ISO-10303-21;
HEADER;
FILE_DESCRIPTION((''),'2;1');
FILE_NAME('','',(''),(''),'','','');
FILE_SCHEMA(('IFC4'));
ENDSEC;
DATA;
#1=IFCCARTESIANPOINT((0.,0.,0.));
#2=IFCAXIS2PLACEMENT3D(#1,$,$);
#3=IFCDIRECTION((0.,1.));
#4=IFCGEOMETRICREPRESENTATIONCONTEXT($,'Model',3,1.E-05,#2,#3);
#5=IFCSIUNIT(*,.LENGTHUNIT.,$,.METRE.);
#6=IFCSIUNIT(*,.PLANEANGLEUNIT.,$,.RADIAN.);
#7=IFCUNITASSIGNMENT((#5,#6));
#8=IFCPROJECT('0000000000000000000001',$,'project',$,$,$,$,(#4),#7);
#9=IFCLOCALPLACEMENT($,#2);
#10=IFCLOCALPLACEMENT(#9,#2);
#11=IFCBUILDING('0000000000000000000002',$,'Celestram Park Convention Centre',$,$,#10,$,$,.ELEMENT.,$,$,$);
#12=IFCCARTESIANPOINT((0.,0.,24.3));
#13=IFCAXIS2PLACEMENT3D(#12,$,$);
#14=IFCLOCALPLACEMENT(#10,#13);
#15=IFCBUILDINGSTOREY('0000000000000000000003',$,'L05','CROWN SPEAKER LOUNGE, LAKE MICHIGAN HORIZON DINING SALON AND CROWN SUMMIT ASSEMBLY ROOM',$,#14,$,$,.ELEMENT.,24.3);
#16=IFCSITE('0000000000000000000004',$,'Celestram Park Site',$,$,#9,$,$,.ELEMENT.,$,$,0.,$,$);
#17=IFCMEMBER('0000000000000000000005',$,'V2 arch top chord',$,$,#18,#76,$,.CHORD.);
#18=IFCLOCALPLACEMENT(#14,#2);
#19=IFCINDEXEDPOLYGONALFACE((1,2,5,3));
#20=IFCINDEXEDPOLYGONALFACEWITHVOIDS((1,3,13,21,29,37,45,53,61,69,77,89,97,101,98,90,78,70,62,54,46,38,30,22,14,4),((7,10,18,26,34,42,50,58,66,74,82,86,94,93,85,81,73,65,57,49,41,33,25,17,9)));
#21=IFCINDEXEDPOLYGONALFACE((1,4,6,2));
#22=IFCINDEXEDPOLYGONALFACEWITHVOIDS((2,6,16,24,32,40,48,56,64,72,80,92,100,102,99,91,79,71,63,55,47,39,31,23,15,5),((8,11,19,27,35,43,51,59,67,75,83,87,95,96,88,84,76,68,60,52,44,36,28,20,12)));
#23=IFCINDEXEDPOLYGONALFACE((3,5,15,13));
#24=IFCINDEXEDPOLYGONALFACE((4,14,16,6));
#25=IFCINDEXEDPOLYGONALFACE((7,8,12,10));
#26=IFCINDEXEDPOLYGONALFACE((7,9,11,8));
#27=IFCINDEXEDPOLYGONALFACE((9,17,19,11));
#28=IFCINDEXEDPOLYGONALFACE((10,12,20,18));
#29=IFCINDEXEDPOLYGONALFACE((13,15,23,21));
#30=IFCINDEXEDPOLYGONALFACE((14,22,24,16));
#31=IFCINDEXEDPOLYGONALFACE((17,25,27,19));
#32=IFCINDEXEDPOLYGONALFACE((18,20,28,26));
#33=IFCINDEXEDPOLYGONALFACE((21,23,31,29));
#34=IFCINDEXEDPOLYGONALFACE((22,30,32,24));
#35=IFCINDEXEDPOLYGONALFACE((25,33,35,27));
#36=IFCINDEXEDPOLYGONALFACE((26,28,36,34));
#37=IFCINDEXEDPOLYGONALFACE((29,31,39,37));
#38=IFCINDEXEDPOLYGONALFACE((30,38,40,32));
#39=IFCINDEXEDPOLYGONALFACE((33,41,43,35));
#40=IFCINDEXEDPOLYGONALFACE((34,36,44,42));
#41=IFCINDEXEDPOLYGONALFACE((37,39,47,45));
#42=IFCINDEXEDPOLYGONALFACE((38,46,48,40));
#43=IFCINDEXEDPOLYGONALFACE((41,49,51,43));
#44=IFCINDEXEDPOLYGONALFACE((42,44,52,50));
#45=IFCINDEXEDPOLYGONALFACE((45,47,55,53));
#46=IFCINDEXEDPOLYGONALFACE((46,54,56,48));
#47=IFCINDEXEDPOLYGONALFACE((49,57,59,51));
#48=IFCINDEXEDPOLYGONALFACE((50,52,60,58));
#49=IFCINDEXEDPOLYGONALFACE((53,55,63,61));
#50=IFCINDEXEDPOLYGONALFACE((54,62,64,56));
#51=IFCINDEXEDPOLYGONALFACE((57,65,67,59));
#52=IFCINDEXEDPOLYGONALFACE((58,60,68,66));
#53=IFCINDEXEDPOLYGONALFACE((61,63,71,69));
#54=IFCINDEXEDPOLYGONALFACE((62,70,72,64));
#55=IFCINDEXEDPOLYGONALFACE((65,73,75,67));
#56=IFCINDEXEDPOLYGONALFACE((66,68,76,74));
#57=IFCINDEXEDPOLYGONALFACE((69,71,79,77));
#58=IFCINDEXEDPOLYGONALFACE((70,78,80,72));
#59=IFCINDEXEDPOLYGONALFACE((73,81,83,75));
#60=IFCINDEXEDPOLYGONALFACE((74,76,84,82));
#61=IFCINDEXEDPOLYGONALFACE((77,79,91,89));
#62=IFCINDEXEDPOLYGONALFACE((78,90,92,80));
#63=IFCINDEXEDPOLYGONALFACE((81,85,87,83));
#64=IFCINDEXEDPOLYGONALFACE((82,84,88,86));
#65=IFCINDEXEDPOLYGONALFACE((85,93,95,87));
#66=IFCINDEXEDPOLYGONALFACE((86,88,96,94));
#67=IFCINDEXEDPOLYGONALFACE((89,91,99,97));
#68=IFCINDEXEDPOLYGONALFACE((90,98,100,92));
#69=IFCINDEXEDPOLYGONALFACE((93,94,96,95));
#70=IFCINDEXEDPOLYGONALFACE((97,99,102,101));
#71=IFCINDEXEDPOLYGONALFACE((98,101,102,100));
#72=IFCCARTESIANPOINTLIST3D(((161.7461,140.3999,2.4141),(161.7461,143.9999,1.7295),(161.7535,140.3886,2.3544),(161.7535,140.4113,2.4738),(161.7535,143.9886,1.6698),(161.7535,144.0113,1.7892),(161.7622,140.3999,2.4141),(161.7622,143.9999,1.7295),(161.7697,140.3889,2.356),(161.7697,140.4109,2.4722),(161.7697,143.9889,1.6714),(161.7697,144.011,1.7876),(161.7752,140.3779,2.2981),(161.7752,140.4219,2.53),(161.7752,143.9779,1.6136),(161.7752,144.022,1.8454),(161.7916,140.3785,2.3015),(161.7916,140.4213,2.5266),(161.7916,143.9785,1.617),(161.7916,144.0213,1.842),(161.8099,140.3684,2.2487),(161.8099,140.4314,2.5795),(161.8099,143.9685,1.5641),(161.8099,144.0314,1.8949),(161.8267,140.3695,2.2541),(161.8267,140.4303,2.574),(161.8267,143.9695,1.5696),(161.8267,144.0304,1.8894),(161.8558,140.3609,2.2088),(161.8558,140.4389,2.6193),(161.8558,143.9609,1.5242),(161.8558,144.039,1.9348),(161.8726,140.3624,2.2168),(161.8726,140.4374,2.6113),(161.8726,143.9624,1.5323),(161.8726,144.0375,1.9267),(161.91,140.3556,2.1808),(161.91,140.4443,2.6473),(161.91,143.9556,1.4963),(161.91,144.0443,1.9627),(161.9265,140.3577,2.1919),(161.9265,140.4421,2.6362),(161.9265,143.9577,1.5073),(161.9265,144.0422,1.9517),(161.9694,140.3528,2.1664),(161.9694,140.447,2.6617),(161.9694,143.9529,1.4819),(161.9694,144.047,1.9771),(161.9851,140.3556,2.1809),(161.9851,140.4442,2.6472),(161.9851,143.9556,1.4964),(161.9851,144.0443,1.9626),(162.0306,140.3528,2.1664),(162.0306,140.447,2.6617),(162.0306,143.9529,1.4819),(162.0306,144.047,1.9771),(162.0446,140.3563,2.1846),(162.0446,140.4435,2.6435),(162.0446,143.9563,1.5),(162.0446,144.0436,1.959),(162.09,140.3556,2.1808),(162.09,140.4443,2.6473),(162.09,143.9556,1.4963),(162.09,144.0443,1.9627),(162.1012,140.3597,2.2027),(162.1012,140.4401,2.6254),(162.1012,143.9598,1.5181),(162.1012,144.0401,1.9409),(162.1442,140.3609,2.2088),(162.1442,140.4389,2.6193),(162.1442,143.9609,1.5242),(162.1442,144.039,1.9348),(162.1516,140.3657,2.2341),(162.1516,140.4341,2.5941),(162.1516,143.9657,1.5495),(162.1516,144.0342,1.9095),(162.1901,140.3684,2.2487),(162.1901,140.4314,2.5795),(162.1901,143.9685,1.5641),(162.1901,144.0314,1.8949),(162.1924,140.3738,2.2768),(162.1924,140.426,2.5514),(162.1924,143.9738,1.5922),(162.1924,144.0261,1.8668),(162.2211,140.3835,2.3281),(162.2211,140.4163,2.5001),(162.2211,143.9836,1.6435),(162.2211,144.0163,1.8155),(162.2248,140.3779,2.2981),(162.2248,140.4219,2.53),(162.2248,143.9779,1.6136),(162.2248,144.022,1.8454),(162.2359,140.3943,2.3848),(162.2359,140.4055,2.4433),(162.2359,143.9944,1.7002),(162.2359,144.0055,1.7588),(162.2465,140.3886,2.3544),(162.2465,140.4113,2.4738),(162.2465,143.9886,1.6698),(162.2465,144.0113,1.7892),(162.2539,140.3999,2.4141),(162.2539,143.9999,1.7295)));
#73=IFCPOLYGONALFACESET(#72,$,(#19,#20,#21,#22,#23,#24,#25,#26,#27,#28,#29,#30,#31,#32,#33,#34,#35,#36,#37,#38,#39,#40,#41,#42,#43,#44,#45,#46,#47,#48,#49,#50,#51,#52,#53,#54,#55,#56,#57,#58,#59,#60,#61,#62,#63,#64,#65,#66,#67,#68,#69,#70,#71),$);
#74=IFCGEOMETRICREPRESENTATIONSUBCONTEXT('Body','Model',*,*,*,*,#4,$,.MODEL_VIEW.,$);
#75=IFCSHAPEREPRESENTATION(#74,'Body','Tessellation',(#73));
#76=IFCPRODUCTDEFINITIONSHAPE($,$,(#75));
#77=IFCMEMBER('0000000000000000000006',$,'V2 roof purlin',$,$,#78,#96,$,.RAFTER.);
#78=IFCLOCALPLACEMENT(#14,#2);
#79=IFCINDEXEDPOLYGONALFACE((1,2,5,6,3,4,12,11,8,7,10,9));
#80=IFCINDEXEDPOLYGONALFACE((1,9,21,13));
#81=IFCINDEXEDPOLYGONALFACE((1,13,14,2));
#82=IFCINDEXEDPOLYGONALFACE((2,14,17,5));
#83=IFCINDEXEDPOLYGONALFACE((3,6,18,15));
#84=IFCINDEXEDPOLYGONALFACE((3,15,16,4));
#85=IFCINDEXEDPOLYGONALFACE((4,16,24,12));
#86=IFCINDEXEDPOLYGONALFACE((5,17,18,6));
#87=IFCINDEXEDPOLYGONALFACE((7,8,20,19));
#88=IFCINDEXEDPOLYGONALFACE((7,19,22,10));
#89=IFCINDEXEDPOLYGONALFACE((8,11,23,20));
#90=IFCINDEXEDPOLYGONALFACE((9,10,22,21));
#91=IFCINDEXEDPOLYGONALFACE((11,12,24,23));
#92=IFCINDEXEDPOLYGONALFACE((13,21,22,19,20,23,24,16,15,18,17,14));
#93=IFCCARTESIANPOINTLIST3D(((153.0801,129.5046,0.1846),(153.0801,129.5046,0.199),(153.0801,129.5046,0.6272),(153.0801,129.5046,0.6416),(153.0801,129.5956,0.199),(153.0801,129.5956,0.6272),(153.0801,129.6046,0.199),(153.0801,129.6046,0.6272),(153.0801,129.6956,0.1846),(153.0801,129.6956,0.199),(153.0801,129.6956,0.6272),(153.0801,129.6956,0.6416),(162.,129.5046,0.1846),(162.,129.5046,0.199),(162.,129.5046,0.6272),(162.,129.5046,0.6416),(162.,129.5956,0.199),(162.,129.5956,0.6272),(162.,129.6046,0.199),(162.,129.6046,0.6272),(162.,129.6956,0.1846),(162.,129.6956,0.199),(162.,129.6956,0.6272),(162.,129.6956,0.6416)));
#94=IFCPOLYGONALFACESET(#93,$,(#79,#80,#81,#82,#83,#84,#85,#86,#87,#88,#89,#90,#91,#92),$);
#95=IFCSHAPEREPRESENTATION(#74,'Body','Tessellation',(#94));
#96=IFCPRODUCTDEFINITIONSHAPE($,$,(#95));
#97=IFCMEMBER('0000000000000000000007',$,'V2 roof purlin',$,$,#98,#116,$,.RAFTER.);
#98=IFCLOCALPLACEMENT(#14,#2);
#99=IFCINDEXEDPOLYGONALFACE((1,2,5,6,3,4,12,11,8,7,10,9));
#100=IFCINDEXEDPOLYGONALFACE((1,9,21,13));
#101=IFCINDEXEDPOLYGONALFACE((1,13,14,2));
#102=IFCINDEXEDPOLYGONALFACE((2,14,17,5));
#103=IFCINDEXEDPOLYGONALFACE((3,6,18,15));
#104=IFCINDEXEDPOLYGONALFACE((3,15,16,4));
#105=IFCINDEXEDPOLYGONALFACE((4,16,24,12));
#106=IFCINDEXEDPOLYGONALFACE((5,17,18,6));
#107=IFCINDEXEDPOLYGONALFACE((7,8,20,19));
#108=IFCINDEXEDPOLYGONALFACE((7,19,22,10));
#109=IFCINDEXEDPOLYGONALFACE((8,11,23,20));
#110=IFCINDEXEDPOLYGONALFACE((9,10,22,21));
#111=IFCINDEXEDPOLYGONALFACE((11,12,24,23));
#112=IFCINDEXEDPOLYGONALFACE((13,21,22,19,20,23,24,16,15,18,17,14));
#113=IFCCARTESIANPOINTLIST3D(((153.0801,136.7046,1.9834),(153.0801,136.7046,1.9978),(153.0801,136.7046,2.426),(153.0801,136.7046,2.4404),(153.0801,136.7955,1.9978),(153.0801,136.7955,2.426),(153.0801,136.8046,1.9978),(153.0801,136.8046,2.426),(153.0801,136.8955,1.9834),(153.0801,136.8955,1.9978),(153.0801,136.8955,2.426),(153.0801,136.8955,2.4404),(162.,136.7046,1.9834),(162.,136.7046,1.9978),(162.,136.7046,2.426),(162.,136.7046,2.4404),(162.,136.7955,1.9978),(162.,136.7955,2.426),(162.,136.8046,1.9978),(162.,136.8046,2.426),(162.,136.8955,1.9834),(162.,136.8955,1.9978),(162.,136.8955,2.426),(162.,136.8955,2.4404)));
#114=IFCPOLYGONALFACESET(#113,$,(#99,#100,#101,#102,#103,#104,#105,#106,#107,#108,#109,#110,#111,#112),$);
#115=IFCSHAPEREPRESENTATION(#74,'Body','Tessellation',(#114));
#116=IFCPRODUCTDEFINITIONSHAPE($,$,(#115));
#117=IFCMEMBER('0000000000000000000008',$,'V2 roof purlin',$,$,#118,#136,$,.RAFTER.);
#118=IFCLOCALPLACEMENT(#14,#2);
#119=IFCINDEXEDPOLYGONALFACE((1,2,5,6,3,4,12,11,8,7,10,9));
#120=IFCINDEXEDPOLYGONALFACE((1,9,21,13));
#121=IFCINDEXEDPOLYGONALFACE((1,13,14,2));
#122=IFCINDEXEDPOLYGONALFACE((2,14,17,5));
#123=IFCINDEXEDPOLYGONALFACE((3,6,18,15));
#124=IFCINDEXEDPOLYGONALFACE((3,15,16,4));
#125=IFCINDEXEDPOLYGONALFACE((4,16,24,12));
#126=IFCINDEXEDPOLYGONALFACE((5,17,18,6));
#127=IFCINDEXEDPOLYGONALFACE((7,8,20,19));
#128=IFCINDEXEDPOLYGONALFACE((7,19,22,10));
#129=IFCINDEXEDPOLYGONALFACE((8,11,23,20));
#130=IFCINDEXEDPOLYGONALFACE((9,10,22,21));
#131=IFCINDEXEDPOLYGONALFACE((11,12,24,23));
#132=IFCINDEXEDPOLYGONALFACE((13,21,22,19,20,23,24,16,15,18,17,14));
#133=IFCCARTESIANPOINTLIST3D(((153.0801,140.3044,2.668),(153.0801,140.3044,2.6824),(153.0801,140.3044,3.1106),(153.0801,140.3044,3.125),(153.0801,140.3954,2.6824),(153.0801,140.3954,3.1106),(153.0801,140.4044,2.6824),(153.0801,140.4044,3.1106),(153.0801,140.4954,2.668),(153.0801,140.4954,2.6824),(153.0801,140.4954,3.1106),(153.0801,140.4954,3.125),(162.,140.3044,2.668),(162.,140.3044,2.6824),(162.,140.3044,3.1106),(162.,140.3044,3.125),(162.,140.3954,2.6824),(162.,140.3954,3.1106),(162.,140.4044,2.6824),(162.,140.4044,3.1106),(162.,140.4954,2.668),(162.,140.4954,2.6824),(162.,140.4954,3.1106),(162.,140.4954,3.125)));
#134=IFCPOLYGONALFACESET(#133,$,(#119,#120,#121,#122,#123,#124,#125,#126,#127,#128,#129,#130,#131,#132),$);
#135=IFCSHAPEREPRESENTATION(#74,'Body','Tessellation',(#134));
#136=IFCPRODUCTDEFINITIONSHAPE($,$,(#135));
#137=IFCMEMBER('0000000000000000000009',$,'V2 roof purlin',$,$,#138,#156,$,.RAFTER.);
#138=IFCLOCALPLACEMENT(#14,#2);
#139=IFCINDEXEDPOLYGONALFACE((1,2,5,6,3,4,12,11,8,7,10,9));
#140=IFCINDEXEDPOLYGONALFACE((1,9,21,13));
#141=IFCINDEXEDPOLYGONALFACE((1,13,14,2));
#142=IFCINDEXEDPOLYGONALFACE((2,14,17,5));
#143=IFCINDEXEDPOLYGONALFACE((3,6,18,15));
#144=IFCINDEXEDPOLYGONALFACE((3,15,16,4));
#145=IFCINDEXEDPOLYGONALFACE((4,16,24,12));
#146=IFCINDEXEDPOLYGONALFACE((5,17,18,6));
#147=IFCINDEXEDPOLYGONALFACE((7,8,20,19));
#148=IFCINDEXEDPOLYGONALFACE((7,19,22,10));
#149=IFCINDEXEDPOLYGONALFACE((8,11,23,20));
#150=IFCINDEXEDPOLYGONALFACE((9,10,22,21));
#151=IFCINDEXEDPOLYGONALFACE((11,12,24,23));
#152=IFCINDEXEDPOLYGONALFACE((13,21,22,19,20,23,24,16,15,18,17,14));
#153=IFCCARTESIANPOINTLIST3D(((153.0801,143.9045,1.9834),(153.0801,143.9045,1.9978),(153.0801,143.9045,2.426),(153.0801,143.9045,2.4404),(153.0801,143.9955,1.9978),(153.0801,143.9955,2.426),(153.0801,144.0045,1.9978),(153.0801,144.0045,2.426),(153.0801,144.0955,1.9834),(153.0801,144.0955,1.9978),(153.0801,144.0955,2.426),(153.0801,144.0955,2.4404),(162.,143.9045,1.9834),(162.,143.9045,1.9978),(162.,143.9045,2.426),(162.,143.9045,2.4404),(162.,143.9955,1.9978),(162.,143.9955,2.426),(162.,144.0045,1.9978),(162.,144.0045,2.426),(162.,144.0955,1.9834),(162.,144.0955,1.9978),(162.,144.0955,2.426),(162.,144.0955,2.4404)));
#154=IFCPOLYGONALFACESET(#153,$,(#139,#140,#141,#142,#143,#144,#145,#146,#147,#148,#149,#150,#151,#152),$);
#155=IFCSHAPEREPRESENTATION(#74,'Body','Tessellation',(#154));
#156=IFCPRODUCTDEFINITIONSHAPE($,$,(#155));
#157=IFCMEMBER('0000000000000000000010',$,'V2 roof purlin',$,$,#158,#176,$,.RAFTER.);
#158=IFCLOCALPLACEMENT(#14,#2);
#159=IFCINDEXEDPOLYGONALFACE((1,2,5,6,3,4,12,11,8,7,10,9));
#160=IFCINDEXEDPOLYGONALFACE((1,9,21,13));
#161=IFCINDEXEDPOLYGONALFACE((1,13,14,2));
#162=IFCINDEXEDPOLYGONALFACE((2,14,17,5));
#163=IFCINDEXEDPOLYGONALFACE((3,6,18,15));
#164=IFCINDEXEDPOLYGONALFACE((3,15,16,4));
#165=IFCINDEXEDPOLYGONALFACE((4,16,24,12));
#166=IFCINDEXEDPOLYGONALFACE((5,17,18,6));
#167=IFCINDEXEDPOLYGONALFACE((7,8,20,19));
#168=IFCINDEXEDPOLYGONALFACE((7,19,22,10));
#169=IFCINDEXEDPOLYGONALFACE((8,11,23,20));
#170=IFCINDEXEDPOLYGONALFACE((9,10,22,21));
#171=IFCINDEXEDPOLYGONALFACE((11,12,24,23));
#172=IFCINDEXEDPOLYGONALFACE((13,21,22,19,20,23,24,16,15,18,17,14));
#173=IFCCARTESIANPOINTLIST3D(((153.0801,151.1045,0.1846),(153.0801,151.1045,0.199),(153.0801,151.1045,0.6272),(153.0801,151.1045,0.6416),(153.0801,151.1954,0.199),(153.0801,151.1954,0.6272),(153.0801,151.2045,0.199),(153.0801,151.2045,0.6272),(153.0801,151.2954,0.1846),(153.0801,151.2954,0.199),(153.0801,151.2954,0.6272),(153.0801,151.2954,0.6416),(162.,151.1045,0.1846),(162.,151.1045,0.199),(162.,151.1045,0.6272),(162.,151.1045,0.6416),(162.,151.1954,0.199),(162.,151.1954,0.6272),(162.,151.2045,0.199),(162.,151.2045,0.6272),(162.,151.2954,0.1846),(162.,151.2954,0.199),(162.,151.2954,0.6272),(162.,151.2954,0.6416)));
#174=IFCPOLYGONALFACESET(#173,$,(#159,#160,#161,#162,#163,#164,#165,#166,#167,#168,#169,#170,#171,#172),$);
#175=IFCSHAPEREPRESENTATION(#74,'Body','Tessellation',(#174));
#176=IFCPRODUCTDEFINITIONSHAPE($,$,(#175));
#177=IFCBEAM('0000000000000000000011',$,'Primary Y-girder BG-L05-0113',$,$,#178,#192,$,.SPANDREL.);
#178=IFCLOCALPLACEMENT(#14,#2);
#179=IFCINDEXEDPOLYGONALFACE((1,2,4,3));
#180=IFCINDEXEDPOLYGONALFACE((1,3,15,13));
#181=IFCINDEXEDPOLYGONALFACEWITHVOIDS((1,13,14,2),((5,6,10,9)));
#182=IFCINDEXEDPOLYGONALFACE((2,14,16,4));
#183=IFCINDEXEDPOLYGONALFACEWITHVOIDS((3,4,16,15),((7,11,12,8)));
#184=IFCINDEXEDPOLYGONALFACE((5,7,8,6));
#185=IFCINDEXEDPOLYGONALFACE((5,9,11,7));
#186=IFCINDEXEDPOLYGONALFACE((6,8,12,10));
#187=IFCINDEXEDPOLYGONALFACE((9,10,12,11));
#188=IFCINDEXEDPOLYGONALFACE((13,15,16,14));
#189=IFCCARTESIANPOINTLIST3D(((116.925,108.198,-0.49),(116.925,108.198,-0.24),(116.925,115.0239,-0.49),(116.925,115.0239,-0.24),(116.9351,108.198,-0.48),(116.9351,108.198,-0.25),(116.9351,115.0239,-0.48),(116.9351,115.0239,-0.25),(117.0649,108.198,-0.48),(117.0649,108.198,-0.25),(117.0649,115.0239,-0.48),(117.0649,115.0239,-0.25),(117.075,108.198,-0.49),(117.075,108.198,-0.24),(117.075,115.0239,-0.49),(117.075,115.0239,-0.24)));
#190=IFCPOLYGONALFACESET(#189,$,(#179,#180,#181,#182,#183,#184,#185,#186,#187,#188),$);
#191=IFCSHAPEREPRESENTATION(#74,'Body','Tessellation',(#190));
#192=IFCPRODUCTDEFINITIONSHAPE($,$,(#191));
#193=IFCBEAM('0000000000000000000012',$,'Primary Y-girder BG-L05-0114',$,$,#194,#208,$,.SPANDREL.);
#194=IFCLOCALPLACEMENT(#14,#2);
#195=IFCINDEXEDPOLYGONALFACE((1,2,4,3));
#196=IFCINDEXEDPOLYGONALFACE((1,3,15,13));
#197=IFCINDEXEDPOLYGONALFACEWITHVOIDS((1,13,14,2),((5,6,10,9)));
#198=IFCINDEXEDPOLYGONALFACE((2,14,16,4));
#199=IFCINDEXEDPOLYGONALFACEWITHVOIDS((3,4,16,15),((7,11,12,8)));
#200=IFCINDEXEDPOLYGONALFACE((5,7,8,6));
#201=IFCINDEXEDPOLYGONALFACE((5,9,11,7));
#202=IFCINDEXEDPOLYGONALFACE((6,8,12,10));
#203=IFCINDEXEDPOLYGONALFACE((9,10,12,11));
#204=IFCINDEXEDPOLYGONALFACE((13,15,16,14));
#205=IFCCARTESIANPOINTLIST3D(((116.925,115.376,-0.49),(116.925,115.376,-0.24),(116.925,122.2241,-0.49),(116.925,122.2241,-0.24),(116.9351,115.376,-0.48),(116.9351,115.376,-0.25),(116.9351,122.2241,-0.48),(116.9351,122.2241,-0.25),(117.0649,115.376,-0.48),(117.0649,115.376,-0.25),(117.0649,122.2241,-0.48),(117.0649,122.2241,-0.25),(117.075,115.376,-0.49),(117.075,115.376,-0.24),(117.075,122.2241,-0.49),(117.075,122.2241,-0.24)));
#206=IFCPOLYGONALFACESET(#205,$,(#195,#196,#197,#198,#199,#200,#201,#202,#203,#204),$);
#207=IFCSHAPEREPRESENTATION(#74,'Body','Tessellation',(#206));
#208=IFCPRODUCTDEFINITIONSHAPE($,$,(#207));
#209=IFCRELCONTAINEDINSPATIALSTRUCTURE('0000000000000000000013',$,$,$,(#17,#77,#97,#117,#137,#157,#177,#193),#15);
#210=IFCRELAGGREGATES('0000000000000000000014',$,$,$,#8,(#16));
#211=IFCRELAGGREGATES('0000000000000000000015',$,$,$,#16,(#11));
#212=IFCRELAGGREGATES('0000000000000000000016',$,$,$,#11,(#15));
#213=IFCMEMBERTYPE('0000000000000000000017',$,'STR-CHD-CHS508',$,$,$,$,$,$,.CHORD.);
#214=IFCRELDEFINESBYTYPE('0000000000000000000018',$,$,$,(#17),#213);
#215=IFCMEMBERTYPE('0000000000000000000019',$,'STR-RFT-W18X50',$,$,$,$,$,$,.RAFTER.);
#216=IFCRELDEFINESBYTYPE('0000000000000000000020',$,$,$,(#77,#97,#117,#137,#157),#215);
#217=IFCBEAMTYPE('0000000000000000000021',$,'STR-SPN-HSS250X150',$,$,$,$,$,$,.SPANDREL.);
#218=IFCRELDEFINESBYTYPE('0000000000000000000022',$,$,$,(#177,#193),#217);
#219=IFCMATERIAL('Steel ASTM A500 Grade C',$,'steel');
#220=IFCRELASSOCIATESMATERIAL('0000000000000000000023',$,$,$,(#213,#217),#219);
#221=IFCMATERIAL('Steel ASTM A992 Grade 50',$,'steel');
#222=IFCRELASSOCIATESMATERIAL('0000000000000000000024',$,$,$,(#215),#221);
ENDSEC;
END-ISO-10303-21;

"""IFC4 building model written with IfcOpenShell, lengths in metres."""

from ifc_helpers import new_model, si_unit, direction, frame, origin, origin_2d, place, context, subcontext, project, spatial, hollow_rectangle, hollow_circle, i_section, extrude, material, material_profile, profile_set, type_object, element, save


model = new_model("IFC4")

# Units and contexts
model_context = context("Model", 3, precision=1e-05, world=origin(), true_north=direction((0.0, 1.0)))
body_context = subcontext(model_context, "Body", "Model", "MODEL_VIEW")
ifc_project = project(units=[si_unit("LENGTHUNIT", "METRE"), si_unit("PLANEANGLEUNIT", "RADIAN")], contexts=[model_context])

# Site, building, storey
site_placement = place(None, origin())
site = spatial("IfcSite", under=ifc_project, at=site_placement, Name="Celestram Park Site", CompositionType="ELEMENT", RefElevation=0.0)
building_placement = place(site_placement, origin())
building = spatial("IfcBuilding", under=site, at=building_placement, Name="Celestram Park Convention Centre", CompositionType="ELEMENT")
storey_placement = place(building_placement, frame((0.0, 0.0, 24.3)))
storey = spatial("IfcBuildingStorey", under=building, at=storey_placement, Name="L05", Description="CROWN SPEAKER LOUNGE, LAKE MICHIGAN HORIZON DINING SALON AND CROWN SUMMIT ASSEMBLY ROOM", CompositionType="ELEMENT", Elevation=24.3)

# Members
ifc_material_1 = material(Name="Steel ASTM A500 Grade C", Category="steel")
ifc_material_profile_1 = material_profile(ifc_material_1, hollow_circle(Radius=0.2539, WallThickness=0.0161, at=origin_2d()), Name="CHS508X16")
ifc_profile_set_1 = profile_set([ifc_material_profile_1], Name="Steel ASTM A500 Grade C")
member_type_1 = type_object("IfcMemberType", Name="STR-CHD-CHS508", PredefinedType="CHORD", material=ifc_profile_set_1)
member_1_placement = place(storey_placement, frame((162.0, 140.3999, 2.4141), z_axis=(0.0, 0.982397, -0.186806), x_axis=(-1.0, 0.0, 0.0)))
element("IfcMember", 1, at=member_1_placement, inside=storey, type_object=member_type_1, Name="V2 arch top chord", PredefinedType="CHORD", context=body_context, shape_type="SweptSolid", body=[
    extrude(hollow_circle(Radius=0.2539, WallThickness=0.0161, at=origin_2d()), origin(), (0.0, 0.0, 1.0), 3.6646),
])
ifc_material_2 = material(Name="Steel ASTM A992 Grade 50", Category="steel")
ifc_material_profile_2 = material_profile(ifc_material_2, i_section(OverallWidth=0.1909, OverallDepth=0.457, WebThickness=0.009, FlangeThickness=0.0144, at=origin_2d()), Name="W18X50")
ifc_profile_set_2 = profile_set([ifc_material_profile_2], Name="Steel ASTM A992 Grade 50")
member_type_2 = type_object("IfcMemberType", Name="STR-RFT-W18X50", PredefinedType="RAFTER", material=ifc_profile_set_2)
for number, where, z_axis, x_axis, name in (
    (2, (153.0801, 129.6001, 0.4131), (1.0, 0.0, 0.0), (0.0, 1.0, 0.0), "V2 roof purlin"),
    (3, (153.0801, 136.8, 2.2119), (1.0, 0.0, 0.0), (0.0, 1.0, 0.0), "V2 roof purlin"),
    (4, (153.0801, 140.3999, 2.8965), (1.0, 0.0, 0.0), (0.0, 1.0, 0.0), "V2 roof purlin"),
    (5, (153.0801, 144.0, 2.2119), (1.0, 0.0, 0.0), (0.0, 1.0, 0.0), "V2 roof purlin"),
    (6, (153.0801, 151.2, 0.4131), (1.0, 0.0, 0.0), (0.0, 1.0, 0.0), "V2 roof purlin"),
):
    element("IfcMember", number, at=place(storey_placement, frame(where, z_axis=z_axis, x_axis=x_axis)), inside=storey, type_object=member_type_2, Name=name, PredefinedType="RAFTER", context=body_context, shape_type="SweptSolid", body=[
        extrude(i_section(OverallWidth=0.1909, OverallDepth=0.457, WebThickness=0.009, FlangeThickness=0.0144, at=origin_2d()), origin(), (0.0, 0.0, 1.0), 8.9199),
    ])

# Beams
ifc_material_profile_3 = material_profile(ifc_material_1, hollow_rectangle(XDim=0.1499, YDim=0.25, WallThickness=0.01, at=origin_2d()), Name="HSS250X150X10")
ifc_profile_set_3 = profile_set([ifc_material_profile_3], Name="Steel ASTM A500 Grade C")
beam_type = type_object("IfcBeamType", Name="STR-SPN-HSS250X150", PredefinedType="SPANDREL", material=ifc_profile_set_3)
beam_1_placement = place(storey_placement, frame((117.0, 108.198, -0.365), z_axis=(0.0, 1.0, 0.0), x_axis=(-1.0, 0.0, 0.0)))
element("IfcBeam", 7, at=beam_1_placement, inside=storey, type_object=beam_type, Name="Primary Y-girder BG-L05-0113", PredefinedType="SPANDREL", context=body_context, shape_type="SweptSolid", body=[
    extrude(hollow_rectangle(XDim=0.1499, YDim=0.25, WallThickness=0.01, at=origin_2d()), origin(), (0.0, 0.0, 1.0), 6.8259),
])
beam_2_placement = place(storey_placement, frame((117.0, 115.376, -0.365), z_axis=(0.0, 1.0, 0.0), x_axis=(-1.0, 0.0, 0.0)))
element("IfcBeam", 8, at=beam_2_placement, inside=storey, type_object=beam_type, Name="Primary Y-girder BG-L05-0114", PredefinedType="SPANDREL", context=body_context, shape_type="SweptSolid", body=[
    extrude(hollow_rectangle(XDim=0.1499, YDim=0.25, WallThickness=0.01, at=origin_2d()), origin(), (0.0, 0.0, 1.0), 6.8481),
])

save(model, "model.ifc")
